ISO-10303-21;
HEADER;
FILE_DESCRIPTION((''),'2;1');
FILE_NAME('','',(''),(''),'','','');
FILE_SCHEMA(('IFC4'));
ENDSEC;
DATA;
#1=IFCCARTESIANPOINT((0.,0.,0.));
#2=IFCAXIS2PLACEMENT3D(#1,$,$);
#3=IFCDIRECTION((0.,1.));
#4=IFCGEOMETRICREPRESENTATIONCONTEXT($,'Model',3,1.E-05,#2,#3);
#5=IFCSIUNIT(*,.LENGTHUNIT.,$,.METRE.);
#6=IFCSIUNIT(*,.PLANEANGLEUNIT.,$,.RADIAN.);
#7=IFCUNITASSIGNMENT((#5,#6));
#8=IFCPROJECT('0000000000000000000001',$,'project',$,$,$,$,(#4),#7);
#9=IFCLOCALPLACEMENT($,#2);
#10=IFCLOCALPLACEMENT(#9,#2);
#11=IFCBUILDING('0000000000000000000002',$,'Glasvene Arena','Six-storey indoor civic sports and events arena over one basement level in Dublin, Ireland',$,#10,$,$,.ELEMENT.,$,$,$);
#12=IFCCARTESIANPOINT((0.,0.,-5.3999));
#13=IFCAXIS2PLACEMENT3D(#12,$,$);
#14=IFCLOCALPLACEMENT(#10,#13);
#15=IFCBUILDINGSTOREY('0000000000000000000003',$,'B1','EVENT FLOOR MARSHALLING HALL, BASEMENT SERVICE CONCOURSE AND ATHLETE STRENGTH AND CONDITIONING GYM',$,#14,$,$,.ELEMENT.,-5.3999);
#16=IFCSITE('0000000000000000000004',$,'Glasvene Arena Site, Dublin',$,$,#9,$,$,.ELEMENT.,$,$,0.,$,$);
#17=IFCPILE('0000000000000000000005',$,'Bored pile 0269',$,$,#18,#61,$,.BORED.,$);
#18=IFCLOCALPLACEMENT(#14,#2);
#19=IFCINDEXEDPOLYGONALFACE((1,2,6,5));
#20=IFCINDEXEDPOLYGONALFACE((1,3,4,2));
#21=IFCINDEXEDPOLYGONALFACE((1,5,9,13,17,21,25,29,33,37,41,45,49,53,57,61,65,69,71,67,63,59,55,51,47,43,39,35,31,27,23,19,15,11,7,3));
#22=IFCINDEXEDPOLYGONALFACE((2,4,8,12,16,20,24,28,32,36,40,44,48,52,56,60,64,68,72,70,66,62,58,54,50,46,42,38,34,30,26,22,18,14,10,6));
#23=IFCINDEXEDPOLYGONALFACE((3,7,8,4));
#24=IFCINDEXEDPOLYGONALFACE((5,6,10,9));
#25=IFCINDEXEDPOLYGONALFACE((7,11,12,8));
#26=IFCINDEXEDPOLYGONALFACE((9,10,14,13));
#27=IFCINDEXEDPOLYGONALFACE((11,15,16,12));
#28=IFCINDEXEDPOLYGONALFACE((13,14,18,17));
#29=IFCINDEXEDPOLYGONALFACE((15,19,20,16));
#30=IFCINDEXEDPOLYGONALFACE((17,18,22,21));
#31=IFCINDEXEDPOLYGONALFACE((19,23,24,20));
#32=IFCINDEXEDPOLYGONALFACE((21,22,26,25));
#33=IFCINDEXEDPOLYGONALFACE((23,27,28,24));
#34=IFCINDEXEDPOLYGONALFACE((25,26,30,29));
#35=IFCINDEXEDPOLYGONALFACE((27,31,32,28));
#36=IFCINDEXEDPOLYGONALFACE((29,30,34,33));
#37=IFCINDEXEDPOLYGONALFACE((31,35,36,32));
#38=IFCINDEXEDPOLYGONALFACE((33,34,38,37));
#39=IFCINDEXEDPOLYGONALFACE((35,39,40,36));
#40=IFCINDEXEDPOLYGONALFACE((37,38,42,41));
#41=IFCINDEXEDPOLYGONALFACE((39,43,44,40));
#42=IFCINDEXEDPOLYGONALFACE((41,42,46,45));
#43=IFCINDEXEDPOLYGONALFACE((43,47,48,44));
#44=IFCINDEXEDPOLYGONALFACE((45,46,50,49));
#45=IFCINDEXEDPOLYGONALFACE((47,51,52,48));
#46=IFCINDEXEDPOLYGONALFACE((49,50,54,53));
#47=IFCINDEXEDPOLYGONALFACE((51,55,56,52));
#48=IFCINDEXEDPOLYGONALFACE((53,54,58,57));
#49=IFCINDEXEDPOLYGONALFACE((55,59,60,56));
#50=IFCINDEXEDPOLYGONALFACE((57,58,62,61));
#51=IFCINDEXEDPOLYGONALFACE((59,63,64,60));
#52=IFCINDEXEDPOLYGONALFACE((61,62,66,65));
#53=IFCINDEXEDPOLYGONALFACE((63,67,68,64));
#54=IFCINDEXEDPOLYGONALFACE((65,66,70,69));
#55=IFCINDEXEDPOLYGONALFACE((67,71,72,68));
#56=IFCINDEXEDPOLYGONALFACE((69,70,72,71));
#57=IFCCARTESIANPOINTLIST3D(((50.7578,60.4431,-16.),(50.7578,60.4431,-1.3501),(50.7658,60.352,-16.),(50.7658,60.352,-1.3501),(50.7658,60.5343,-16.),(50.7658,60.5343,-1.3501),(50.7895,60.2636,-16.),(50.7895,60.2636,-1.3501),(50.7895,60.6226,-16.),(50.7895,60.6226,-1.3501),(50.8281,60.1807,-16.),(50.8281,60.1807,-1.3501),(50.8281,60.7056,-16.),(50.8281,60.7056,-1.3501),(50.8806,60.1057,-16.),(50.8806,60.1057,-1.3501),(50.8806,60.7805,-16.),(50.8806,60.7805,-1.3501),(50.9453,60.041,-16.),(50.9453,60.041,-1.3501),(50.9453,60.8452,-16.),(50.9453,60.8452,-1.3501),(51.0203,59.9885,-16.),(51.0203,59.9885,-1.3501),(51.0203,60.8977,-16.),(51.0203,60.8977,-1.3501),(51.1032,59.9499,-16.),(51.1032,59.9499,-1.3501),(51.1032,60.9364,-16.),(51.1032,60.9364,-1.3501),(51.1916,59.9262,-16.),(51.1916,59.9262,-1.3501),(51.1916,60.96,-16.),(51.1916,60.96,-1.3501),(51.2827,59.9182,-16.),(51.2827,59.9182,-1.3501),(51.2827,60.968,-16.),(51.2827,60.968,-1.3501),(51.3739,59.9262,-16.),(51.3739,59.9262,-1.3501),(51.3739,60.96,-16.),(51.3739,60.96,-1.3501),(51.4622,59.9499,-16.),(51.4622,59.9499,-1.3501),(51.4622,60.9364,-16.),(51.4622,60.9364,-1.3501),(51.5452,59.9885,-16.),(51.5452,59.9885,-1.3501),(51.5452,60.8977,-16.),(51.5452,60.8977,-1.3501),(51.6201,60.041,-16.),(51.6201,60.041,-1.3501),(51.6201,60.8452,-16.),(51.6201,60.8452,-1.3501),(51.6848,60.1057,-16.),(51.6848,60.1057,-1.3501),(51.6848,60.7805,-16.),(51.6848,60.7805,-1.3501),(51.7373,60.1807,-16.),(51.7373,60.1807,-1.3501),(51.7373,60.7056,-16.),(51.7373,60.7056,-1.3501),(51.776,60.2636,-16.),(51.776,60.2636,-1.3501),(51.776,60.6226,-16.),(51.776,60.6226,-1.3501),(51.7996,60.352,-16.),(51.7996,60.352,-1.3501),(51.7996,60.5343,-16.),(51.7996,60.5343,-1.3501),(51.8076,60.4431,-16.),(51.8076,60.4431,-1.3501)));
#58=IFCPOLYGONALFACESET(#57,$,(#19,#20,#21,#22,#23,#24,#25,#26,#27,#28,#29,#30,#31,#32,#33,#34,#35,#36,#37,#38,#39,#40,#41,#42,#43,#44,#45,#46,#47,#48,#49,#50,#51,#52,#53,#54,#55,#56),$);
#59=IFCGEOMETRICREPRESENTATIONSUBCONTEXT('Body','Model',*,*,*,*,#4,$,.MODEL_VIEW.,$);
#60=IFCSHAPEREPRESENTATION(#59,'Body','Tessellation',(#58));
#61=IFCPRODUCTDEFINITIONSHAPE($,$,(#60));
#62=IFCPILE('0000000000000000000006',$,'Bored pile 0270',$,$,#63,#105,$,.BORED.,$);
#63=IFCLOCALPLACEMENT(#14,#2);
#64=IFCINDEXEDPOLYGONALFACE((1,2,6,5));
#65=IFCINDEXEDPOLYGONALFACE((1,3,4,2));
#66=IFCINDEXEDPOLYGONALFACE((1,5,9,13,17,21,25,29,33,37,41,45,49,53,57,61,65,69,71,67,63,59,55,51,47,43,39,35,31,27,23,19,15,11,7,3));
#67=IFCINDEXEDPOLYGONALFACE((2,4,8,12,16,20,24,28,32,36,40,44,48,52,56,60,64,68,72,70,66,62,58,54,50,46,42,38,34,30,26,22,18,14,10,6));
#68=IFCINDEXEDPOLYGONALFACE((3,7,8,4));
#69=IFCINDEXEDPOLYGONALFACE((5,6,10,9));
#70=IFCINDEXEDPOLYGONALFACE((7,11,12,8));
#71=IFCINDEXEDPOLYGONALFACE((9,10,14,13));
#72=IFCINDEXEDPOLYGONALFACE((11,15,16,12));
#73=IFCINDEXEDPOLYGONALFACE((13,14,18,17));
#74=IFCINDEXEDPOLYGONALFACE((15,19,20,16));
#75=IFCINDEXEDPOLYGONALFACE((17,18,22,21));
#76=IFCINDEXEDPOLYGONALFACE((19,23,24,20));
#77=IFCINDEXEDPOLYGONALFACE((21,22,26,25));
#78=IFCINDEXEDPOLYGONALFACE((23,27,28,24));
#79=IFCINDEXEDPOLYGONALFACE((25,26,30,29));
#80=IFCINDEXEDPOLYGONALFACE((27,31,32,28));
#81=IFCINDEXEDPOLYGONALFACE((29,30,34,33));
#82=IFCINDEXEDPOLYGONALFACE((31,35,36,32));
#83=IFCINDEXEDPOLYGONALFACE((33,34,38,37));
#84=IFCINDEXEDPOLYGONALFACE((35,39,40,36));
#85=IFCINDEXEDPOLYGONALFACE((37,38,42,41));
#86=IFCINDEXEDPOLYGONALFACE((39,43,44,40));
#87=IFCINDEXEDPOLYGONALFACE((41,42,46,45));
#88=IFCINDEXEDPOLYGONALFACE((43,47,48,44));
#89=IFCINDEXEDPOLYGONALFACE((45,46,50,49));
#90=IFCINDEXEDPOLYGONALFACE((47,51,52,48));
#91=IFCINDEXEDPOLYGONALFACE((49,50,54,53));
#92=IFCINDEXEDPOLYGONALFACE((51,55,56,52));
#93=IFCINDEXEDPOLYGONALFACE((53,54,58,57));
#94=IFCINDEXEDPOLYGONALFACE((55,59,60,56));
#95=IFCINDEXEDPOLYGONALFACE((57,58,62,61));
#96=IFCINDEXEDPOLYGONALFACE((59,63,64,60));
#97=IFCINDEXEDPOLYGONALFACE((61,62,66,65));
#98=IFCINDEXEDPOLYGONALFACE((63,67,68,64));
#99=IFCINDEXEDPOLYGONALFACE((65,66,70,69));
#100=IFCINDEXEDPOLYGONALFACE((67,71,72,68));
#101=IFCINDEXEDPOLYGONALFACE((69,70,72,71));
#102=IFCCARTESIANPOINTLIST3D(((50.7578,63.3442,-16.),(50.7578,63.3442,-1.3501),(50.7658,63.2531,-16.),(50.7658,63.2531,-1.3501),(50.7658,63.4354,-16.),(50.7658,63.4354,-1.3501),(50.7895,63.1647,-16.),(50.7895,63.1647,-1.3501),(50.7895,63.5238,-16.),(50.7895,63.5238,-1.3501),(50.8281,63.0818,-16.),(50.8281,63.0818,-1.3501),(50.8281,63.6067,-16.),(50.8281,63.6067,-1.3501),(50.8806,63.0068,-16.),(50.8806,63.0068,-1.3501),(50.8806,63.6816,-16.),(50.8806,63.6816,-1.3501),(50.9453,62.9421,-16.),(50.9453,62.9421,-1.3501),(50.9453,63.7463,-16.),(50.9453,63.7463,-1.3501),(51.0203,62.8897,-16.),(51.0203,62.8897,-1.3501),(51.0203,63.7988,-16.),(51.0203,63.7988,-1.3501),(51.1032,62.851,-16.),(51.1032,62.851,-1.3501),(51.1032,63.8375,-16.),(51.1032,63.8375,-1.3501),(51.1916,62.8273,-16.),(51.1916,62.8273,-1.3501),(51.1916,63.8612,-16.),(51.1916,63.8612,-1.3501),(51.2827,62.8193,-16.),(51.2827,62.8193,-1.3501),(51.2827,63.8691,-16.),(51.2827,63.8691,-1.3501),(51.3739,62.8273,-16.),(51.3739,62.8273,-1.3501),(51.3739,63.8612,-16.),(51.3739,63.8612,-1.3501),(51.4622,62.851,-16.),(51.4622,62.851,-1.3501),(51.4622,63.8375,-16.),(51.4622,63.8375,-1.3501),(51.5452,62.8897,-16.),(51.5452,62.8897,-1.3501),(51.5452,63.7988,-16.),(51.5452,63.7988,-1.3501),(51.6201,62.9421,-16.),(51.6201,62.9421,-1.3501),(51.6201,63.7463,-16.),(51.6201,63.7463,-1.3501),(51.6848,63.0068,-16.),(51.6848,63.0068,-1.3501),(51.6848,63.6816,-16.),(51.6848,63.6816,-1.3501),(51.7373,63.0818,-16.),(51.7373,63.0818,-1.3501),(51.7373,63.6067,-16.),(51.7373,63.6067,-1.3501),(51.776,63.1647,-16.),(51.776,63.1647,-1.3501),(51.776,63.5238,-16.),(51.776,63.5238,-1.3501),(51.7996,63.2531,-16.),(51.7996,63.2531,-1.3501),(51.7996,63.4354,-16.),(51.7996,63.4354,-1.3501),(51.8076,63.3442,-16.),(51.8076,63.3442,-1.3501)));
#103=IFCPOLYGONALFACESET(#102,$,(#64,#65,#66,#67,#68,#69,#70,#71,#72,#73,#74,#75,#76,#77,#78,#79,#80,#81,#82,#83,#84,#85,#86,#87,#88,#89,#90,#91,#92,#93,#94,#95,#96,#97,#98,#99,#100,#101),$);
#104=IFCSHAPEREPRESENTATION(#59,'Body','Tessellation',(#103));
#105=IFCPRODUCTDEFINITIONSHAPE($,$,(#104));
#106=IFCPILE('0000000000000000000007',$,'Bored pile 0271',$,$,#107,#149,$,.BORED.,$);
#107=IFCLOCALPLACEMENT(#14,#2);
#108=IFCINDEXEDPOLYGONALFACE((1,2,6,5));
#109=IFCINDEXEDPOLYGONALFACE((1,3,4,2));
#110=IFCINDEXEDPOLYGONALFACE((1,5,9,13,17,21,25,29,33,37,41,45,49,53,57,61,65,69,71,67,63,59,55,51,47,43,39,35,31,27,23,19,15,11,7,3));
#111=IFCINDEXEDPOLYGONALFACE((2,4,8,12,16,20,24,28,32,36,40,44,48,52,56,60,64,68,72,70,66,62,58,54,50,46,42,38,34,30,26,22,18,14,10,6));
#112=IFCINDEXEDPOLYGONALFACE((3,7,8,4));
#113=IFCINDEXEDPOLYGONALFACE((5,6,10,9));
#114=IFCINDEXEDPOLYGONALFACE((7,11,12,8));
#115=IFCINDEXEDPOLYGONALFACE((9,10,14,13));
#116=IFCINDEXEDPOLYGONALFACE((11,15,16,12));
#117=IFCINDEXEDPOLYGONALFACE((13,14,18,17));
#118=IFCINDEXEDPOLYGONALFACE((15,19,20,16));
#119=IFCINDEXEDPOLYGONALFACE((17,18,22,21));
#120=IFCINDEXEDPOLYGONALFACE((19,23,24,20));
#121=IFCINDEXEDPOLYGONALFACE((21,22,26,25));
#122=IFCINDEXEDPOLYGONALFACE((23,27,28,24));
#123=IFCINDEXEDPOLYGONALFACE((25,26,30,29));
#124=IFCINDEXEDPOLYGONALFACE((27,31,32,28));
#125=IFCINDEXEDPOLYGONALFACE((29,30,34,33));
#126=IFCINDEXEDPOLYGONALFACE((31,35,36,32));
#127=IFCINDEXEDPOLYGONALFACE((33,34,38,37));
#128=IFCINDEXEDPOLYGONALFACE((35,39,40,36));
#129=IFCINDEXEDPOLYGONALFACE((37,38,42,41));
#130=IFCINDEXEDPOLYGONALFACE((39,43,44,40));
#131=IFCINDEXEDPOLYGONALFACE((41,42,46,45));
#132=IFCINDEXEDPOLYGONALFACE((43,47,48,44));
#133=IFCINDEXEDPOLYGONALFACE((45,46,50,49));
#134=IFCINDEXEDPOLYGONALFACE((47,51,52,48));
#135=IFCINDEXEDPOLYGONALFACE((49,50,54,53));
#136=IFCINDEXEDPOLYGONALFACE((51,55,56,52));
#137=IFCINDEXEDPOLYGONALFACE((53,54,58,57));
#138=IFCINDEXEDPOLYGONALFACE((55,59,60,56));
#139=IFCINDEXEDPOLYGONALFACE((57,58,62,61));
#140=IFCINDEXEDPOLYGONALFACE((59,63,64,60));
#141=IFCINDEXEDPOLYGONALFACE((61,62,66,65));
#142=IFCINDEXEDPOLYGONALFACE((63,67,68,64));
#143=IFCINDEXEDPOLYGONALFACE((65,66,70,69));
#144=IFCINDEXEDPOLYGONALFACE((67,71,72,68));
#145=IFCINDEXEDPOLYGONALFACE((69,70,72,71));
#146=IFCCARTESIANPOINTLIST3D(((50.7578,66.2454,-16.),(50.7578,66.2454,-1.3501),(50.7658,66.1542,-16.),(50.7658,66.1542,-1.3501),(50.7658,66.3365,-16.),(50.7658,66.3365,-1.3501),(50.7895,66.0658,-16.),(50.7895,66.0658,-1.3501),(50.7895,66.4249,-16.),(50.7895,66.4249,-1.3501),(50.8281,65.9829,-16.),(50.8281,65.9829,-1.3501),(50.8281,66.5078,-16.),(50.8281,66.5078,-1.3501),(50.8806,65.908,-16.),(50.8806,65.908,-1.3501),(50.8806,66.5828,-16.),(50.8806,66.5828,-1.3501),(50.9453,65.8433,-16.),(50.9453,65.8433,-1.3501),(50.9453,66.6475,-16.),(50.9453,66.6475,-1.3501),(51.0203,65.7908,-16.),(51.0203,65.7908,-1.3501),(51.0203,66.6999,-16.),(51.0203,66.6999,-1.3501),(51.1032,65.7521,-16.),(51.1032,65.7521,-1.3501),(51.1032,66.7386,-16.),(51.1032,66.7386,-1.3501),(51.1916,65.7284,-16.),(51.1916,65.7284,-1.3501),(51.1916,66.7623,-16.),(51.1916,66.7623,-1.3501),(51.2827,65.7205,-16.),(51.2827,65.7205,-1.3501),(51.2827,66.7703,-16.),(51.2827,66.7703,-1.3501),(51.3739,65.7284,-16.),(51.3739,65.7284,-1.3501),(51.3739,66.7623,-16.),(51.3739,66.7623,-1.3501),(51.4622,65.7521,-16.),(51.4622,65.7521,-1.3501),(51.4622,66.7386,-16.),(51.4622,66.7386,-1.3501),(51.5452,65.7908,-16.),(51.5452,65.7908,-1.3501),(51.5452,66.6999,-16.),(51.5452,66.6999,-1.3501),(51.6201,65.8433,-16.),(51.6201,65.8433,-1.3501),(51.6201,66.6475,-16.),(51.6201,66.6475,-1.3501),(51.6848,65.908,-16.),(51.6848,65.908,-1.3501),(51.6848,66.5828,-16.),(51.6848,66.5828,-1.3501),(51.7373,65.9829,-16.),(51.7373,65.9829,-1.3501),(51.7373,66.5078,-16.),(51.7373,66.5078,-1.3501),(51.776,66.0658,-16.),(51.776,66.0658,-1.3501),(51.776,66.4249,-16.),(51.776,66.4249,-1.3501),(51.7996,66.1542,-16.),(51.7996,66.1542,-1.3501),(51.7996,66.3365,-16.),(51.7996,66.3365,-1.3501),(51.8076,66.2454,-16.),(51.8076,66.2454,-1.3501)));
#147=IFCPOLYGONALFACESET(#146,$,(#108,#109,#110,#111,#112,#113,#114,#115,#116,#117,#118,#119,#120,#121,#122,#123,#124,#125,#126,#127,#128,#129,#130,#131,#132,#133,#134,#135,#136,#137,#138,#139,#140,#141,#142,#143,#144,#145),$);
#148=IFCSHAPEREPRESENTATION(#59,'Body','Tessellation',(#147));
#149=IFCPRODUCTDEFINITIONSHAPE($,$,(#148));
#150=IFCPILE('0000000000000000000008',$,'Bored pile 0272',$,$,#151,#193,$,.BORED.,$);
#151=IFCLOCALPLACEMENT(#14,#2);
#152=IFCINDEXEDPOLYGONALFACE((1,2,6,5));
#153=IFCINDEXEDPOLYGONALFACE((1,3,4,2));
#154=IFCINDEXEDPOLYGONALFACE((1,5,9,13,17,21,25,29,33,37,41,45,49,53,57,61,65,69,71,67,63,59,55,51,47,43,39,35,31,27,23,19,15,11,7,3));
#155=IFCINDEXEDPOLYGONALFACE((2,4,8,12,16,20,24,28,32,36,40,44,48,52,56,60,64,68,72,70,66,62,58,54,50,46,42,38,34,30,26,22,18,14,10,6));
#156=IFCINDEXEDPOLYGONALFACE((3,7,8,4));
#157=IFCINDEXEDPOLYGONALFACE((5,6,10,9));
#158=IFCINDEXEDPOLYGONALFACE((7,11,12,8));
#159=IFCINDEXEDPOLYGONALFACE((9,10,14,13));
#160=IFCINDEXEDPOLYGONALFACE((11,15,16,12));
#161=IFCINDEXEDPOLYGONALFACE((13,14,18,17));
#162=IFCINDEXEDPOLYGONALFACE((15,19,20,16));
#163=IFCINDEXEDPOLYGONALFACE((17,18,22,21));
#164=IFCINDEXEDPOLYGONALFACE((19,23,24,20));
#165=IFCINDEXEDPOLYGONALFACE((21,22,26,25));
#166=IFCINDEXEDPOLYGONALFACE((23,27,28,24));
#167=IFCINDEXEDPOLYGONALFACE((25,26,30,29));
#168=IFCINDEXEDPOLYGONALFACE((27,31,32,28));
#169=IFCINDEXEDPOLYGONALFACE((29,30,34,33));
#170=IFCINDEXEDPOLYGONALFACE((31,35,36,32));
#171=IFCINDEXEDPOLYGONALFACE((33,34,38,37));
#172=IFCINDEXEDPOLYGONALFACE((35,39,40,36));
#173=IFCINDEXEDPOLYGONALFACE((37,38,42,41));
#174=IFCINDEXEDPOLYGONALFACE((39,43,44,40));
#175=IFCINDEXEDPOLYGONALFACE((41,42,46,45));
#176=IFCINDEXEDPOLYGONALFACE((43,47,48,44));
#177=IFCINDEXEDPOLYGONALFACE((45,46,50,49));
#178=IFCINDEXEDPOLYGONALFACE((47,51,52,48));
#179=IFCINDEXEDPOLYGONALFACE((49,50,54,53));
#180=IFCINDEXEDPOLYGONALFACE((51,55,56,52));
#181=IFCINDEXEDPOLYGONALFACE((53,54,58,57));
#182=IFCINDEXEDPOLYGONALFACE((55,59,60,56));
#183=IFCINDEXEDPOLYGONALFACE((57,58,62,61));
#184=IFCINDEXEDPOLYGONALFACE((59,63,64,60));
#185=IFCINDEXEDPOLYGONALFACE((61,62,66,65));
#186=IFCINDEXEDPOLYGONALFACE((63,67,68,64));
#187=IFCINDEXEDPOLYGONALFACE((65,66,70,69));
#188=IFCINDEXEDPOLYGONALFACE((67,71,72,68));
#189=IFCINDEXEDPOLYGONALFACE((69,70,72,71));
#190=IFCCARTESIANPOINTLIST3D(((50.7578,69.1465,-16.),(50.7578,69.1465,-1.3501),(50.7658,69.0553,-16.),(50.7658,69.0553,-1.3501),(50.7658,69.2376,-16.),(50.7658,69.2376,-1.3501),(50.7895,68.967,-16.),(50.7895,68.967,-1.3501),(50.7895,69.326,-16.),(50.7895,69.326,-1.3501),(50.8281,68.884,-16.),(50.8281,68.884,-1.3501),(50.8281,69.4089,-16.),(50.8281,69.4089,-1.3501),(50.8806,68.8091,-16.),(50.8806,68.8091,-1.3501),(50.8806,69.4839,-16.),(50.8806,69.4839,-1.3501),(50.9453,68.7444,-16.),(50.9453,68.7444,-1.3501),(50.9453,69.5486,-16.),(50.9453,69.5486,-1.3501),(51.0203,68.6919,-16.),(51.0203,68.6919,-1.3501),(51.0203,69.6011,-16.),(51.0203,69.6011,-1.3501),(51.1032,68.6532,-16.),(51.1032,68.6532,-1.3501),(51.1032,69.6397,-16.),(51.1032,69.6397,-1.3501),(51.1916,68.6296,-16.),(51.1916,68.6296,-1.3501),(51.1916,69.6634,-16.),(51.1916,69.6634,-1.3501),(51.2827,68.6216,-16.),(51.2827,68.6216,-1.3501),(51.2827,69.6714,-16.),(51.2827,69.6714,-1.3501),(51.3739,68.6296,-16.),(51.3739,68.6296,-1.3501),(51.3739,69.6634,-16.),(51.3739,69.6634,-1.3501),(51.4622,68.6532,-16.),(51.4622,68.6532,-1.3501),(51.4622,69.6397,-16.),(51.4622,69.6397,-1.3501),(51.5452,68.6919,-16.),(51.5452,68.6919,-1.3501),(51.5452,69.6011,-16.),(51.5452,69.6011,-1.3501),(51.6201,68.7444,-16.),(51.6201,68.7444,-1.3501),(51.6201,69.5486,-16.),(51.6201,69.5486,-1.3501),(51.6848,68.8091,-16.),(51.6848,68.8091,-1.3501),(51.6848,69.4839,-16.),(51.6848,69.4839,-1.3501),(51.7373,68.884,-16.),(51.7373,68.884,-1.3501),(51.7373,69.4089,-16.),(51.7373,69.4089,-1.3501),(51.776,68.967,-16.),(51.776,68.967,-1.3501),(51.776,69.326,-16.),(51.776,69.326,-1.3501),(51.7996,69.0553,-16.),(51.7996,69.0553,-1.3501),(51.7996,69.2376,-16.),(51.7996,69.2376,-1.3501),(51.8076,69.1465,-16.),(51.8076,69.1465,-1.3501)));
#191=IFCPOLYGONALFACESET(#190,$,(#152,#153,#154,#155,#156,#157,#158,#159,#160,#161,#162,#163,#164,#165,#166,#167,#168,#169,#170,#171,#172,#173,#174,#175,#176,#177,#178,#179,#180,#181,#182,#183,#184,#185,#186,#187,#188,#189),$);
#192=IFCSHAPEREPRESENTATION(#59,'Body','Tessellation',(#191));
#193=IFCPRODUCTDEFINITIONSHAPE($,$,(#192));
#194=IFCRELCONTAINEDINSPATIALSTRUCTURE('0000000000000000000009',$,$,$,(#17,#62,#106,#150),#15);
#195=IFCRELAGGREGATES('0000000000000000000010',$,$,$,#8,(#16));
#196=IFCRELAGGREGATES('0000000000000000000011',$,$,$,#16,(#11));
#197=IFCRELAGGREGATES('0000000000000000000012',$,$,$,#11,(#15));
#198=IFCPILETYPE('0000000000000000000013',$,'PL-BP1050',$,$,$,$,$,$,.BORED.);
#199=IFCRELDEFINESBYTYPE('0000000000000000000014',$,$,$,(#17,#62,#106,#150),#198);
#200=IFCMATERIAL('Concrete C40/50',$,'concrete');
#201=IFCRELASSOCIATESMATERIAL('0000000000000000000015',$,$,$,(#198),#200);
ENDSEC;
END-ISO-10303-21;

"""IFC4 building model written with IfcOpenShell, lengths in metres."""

from ifc_helpers import new_model, si_unit, direction, frame, origin, origin_2d, place, context, subcontext, project, spatial, circle, extrude, material, material_profile, profile_set, type_object, element, save


model = new_model("IFC4")

# Units and contexts
model_context = context("Model", 3, precision=1e-05, world=origin(), true_north=direction((0.0, 1.0)))
body_context = subcontext(model_context, "Body", "Model", "MODEL_VIEW")
ifc_project = project(units=[si_unit("LENGTHUNIT", "METRE"), si_unit("PLANEANGLEUNIT", "RADIAN")], contexts=[model_context])

# Site, building, storey
site_placement = place(None, origin())
site = spatial("IfcSite", under=ifc_project, at=site_placement, Name="Glasvene Arena Site, Dublin", CompositionType="ELEMENT", RefElevation=0.0)
building_placement = place(site_placement, origin())
building = spatial("IfcBuilding", under=site, at=building_placement, Name="Glasvene Arena", Description="Six-storey indoor civic sports and events arena over one basement level in Dublin, Ireland", CompositionType="ELEMENT")
storey_placement = place(building_placement, frame((0.0, 0.0, -5.3999)))
storey = spatial("IfcBuildingStorey", under=building, at=storey_placement, Name="B1", Description="EVENT FLOOR MARSHALLING HALL, BASEMENT SERVICE CONCOURSE AND ATHLETE STRENGTH AND CONDITIONING GYM", CompositionType="ELEMENT", Elevation=-5.3999)

# Piles
ifc_material_1 = material(Name="Concrete C40/50", Category="concrete")
ifc_material_profile_1 = material_profile(ifc_material_1, circle(Radius=0.5249, at=origin_2d()), Name="BORED PILE 1050")
ifc_profile_set_1 = profile_set([ifc_material_profile_1], Name="Concrete C40/50")
pile_type = type_object("IfcPileType", Name="PL-BP1050", PredefinedType="BORED", material=ifc_profile_set_1)
for number, where, z_axis, x_axis, name in (
    (1, (51.2827, 60.4431, -1.3501), (0.0, 0.0, -1.0), (1.0, 0.0, 0.0), "Bored pile 0269"),
    (2, (51.2827, 63.3442, -1.3501), (0.0, 0.0, -1.0), (1.0, 0.0, 0.0), "Bored pile 0270"),
    (3, (51.2827, 66.2454, -1.3501), (0.0, 0.0, -1.0), (1.0, 0.0, 0.0), "Bored pile 0271"),
    (4, (51.2827, 69.1465, -1.3501), (0.0, 0.0, -1.0), (1.0, 0.0, 0.0), "Bored pile 0272"),
):
    element("IfcPile", number, at=place(storey_placement, frame(where, z_axis=z_axis, x_axis=x_axis)), inside=storey, type_object=pile_type, Name=name, PredefinedType="BORED", context=body_context, shape_type="SweptSolid", body=[
        extrude(circle(Radius=0.5249, at=origin_2d()), origin(), (0.0, 0.0, 1.0), 14.6499),
    ])

save(model, "model.ifc")
